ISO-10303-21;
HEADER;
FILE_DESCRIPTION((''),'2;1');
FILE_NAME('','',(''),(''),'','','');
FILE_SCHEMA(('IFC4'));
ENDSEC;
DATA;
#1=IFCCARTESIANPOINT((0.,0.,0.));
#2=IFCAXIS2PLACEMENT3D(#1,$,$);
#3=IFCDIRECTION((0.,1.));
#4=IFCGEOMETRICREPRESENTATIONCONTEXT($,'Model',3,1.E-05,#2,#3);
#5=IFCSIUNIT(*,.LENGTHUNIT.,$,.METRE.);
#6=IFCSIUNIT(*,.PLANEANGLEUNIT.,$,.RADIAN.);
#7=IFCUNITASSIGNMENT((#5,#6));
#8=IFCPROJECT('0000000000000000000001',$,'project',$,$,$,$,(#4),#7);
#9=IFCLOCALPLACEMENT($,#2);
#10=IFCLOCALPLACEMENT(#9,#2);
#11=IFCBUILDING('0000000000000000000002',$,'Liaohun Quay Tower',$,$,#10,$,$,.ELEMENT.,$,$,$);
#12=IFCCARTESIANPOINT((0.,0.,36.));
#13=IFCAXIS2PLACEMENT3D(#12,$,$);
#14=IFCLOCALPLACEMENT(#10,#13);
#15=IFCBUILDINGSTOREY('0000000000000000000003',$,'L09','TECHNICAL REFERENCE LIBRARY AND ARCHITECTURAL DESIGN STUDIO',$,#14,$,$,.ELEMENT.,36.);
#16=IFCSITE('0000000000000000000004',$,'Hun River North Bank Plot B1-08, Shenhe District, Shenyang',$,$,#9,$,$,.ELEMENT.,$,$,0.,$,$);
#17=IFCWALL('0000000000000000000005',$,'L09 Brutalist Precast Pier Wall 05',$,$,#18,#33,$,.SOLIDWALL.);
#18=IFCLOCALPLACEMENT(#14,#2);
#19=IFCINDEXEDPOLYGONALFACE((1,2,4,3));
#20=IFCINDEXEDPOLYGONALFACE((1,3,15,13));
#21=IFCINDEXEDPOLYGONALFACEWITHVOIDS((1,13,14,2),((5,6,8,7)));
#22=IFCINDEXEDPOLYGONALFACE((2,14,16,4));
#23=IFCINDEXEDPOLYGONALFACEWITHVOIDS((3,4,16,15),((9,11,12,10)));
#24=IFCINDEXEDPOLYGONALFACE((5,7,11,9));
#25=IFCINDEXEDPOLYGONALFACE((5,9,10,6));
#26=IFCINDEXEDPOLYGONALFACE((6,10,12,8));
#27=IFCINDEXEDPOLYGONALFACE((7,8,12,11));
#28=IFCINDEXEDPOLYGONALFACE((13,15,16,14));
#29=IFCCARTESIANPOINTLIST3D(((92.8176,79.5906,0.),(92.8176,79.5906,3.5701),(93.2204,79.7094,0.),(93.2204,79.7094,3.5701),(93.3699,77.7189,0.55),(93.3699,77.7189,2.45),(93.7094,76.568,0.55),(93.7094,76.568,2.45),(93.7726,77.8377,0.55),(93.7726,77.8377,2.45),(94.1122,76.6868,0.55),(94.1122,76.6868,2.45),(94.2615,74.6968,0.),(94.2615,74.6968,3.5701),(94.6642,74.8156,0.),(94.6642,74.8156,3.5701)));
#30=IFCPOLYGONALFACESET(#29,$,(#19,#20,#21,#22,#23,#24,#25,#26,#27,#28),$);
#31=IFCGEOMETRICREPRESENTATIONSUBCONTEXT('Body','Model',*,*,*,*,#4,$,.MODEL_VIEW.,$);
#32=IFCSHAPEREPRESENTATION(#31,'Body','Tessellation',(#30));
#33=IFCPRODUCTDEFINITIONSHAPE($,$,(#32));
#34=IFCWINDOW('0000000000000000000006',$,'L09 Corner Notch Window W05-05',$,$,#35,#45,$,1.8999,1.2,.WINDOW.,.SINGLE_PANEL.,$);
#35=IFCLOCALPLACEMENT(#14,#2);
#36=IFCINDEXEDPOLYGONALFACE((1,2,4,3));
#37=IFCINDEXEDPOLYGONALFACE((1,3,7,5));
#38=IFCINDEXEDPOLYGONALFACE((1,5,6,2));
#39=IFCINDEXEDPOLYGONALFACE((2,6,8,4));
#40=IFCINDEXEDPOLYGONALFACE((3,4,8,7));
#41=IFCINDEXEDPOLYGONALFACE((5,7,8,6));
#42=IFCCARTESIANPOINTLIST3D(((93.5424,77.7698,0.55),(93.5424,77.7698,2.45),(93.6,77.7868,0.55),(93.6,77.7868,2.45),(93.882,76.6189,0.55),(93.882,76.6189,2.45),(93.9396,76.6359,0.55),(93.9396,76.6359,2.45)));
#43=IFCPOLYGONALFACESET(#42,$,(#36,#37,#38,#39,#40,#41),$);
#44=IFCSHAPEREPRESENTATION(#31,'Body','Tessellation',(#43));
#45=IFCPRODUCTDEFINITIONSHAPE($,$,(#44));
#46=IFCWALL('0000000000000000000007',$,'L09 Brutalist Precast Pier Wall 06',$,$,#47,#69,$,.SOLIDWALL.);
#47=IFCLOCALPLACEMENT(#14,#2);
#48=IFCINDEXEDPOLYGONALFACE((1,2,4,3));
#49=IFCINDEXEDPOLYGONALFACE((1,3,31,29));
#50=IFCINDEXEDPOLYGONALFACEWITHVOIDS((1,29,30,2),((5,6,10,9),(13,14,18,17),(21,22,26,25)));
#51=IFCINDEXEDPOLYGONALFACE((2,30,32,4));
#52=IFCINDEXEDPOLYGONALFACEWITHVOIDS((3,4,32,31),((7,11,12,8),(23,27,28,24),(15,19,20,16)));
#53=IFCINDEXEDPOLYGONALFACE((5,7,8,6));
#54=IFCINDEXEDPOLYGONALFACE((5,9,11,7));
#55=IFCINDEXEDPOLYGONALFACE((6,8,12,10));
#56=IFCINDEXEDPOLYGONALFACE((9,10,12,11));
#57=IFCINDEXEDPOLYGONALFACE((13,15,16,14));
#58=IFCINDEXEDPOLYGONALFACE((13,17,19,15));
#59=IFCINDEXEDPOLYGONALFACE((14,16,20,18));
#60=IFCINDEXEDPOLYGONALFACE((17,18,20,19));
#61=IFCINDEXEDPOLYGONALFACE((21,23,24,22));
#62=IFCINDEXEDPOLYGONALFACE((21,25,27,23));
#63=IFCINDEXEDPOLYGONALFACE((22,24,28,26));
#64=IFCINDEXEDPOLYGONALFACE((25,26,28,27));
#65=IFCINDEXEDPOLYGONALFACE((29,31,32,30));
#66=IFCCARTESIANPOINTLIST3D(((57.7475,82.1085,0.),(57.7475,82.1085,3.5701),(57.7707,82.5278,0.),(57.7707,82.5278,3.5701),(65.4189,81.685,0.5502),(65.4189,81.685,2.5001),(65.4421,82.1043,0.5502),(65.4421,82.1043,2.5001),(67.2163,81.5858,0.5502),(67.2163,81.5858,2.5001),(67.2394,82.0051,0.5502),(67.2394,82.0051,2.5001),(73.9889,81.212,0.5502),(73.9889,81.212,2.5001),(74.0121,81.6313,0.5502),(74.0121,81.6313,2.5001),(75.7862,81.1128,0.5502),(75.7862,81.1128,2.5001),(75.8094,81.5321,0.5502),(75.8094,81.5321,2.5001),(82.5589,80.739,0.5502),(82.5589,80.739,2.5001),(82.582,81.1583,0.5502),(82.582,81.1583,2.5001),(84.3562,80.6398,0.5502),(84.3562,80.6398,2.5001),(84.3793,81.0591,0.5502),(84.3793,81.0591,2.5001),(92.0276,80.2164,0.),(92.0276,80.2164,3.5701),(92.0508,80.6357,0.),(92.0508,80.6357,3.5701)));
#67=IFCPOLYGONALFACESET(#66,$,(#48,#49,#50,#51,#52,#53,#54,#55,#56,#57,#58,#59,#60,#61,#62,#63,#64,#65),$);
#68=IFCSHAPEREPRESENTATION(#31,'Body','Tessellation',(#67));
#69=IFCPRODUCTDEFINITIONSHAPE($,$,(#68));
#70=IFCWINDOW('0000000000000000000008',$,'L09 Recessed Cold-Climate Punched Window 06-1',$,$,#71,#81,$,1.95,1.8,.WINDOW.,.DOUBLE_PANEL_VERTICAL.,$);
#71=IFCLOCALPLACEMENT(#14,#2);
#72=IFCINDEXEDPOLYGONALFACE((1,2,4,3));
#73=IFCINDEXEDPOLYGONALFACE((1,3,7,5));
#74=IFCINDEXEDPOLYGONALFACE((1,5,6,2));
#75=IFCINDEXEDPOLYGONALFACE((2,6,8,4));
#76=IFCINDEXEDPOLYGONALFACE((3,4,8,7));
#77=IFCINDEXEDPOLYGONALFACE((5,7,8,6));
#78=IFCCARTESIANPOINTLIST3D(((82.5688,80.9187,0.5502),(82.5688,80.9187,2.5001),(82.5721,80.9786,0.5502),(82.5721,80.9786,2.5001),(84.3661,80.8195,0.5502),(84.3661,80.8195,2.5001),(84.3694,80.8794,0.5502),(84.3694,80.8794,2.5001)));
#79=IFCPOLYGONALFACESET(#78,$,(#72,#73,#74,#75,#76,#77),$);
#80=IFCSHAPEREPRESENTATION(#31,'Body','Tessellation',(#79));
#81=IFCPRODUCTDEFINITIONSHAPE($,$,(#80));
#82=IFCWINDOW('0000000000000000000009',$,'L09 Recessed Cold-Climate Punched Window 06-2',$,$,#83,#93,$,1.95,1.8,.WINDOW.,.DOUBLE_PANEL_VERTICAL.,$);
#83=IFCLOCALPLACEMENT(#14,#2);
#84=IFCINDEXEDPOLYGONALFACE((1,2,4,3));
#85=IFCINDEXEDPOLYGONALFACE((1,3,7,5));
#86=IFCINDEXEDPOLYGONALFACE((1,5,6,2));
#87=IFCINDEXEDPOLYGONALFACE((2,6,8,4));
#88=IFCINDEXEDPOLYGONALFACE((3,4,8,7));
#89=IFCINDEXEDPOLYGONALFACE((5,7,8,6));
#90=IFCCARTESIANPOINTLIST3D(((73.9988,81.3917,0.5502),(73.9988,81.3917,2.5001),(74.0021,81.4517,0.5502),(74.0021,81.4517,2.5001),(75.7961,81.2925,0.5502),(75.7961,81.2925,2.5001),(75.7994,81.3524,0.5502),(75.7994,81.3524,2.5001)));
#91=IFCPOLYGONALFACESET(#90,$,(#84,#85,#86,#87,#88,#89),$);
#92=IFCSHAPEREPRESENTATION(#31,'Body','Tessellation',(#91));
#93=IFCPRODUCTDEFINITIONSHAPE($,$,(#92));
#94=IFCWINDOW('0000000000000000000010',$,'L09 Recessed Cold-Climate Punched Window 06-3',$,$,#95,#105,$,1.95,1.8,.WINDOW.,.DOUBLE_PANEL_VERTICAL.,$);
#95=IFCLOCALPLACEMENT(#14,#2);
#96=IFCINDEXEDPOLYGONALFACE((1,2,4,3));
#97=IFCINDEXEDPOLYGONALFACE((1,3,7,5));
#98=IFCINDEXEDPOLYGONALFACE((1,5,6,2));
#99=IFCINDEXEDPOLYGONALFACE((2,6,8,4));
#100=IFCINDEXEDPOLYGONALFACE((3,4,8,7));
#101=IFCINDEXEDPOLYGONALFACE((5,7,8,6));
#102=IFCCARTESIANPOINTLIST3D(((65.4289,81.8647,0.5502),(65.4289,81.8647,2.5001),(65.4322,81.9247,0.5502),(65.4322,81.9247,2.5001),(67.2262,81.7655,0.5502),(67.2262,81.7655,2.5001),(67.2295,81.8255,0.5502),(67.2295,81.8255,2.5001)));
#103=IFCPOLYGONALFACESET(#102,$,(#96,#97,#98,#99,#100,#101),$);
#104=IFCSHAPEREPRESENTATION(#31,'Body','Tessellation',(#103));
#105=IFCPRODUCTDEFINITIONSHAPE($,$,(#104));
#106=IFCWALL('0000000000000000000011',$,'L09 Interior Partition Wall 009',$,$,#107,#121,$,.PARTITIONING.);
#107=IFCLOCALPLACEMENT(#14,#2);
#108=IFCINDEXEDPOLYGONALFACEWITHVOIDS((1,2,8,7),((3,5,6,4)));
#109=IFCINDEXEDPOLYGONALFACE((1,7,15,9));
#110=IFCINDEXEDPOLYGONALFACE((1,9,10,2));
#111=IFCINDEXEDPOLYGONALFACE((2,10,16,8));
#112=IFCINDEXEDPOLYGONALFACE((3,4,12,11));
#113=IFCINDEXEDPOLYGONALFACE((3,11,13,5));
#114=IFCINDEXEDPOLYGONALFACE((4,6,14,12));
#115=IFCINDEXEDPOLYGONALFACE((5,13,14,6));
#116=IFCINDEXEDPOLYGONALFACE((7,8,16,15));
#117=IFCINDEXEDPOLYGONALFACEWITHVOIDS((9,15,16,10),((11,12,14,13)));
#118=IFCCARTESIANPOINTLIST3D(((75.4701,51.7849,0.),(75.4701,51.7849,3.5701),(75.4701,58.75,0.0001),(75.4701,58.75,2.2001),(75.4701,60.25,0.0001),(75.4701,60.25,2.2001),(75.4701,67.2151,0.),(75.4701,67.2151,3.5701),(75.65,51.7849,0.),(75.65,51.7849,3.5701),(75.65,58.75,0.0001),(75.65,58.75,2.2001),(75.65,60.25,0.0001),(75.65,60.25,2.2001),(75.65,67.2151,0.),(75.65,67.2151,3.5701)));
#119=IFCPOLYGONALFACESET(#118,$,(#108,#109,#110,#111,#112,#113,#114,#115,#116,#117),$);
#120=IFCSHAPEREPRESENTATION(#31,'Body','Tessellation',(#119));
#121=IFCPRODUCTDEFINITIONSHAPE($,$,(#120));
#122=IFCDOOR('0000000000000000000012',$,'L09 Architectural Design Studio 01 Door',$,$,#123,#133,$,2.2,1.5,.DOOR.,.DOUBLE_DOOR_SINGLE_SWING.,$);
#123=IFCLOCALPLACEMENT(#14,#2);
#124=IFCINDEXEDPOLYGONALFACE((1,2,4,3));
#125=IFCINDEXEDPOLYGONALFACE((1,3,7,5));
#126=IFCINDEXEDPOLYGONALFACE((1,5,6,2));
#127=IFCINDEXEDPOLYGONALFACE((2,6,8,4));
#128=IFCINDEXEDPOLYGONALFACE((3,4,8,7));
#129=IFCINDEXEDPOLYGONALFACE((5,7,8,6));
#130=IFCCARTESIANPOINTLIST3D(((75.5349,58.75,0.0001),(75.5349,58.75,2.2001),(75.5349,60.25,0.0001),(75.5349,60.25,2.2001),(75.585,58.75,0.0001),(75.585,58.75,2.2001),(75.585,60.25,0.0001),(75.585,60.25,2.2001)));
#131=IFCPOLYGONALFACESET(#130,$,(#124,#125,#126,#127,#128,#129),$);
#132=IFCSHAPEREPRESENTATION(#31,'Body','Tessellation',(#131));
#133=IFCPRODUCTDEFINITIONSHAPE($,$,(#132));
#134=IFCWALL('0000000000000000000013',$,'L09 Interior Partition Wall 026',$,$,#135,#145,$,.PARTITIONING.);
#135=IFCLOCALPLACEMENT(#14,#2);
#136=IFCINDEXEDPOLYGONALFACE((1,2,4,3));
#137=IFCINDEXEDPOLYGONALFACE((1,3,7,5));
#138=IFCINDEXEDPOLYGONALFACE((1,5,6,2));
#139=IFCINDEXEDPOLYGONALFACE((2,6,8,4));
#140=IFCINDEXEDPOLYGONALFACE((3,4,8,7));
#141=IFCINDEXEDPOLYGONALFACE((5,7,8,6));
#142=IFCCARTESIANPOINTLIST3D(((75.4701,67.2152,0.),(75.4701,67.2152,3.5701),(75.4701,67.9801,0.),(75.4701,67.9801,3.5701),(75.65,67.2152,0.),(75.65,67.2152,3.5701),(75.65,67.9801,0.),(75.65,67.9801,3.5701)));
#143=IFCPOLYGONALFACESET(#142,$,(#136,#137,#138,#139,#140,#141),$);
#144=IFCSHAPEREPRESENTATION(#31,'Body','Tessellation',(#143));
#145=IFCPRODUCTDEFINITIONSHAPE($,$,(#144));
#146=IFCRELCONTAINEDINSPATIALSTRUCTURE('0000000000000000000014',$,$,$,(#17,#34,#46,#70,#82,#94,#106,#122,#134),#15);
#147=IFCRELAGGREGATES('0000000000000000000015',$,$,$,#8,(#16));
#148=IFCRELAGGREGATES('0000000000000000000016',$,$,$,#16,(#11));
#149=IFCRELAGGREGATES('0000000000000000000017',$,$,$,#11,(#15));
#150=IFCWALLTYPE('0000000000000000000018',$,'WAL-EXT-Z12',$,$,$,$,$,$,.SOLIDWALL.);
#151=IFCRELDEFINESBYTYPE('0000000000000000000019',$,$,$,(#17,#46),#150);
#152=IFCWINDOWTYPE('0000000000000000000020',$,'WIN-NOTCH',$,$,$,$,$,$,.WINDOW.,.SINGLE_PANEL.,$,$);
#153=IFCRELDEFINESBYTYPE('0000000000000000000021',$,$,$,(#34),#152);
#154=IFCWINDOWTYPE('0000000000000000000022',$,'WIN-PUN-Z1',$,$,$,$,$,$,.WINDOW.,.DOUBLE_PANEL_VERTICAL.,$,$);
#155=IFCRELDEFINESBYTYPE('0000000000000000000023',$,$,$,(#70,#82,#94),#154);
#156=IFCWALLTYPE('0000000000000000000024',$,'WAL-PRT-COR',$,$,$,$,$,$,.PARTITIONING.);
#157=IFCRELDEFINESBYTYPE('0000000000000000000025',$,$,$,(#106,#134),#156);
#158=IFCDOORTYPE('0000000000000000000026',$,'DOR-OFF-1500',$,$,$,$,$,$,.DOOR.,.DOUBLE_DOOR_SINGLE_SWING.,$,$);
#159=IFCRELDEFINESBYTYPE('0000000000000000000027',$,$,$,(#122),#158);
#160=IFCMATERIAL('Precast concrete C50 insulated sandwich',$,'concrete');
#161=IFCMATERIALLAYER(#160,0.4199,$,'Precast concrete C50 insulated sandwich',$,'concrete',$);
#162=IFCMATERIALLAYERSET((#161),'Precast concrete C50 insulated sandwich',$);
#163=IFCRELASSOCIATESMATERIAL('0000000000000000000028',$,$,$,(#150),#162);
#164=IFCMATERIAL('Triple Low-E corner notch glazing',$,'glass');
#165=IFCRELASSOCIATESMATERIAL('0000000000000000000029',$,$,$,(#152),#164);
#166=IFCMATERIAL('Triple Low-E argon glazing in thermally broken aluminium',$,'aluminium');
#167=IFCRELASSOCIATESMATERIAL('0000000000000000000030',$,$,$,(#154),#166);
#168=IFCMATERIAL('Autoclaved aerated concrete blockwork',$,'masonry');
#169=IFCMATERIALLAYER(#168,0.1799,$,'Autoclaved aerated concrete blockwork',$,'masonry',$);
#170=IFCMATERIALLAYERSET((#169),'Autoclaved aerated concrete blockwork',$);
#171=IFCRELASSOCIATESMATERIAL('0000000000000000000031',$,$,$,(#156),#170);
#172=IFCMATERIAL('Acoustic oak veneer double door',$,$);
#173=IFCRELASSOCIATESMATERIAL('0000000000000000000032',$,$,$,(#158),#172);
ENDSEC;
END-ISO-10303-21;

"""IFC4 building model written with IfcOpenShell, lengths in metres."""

from ifc_helpers import new_model, si_unit, direction, frame, frame_2d, origin, place, context, subcontext, project, spatial, rectangle, extrude, source, transform, mapped, material, layer, layer_set, type_object, element, fill, save


model = new_model("IFC4")

# Units and contexts
model_context = context("Model", 3, precision=1e-05, world=origin(), true_north=direction((0.0, 1.0)))
body_context = subcontext(model_context, "Body", "Model", "MODEL_VIEW")
ifc_project = project(units=[si_unit("LENGTHUNIT", "METRE"), si_unit("PLANEANGLEUNIT", "RADIAN")], contexts=[model_context])

# Site, building, storey
site_placement = place(None, origin())
site = spatial("IfcSite", under=ifc_project, at=site_placement, Name="Hun River North Bank Plot B1-08, Shenhe District, Shenyang", CompositionType="ELEMENT", RefElevation=0.0)
building_placement = place(site_placement, origin())
building = spatial("IfcBuilding", under=site, at=building_placement, Name="Liaohun Quay Tower", CompositionType="ELEMENT")
storey_placement = place(building_placement, frame((0.0, 0.0, 36.0)))
storey = spatial("IfcBuildingStorey", under=building, at=storey_placement, Name="L09", Description="TECHNICAL REFERENCE LIBRARY AND ARCHITECTURAL DESIGN STUDIO", CompositionType="ELEMENT", Elevation=36.0)

# Wall, opening, window
ifc_material_1 = material(Name="Precast concrete C50 insulated sandwich", Category="concrete")
ifc_layer_1 = layer(ifc_material_1, 0.4199, Name="Precast concrete C50 insulated sandwich", Category="concrete")
ifc_layer_set_1 = layer_set([ifc_layer_1], Name="Precast concrete C50 insulated sandwich")
wall_type_1 = type_object("IfcWallType", Name="WAL-EXT-Z12", PredefinedType="SOLIDWALL", material=ifc_layer_set_1)
shared_shape_1 = source(origin(), body_context, "Body", "SweptSolid", [
    extrude(rectangle(XDim=1.2, YDim=1.8999, at=frame_2d((0.6001, 0.95))), frame((0.0, 0.22, 0.0), z_axis=(0.0, -1.0, 0.0), x_axis=(1.0, 0.0, 0.0)), (0.0, 0.0, 1.0), 0.4399),
])
ifc_material_2 = material(Name="Triple Low-E corner notch glazing", Category="glass")
window_type_1 = type_object("IfcWindowType", Name="WIN-NOTCH", PartitioningType="SINGLE_PANEL", PredefinedType="WINDOW", material=ifc_material_2)
shared_shape_2 = source(origin(), body_context, "Body", "SweptSolid", [
    extrude(rectangle(XDim=1.2, YDim=1.8999, at=frame_2d((0.6001, 0.95))), frame((0.0, 0.03, 0.0), z_axis=(0.0, -1.0, 0.0), x_axis=(1.0, 0.0, 0.0)), (0.0, 0.0, 1.0), 0.0601),
])
wall_1_placement = place(storey_placement, frame((94.4629, 74.7561, 0.0), z_axis=(0.0, 0.0, 1.0), x_axis=(-0.282977, 0.959127, 0.0)))
wall_1 = element("IfcWall", 1, at=wall_1_placement, inside=storey, type_object=wall_type_1, Name="L09 Brutalist Precast Pier Wall 05", PredefinedType="SOLIDWALL", context=body_context, shape_type="SweptSolid", body=[
    extrude(rectangle(XDim=5.1023, YDim=0.4199, at=frame_2d((2.5513, 0.0))), origin(), (0.0, 0.0, 1.0), 3.5701),
])
opening_1_placement = place(wall_1_placement, frame((1.9509, 0.0, 0.55)))
opening_1 = element("IfcOpeningElement", 2, at=opening_1_placement, cuts=wall_1, PredefinedType="OPENING", context=body_context, shape_type="MappedRepresentation", body=[
    mapped(shared_shape_1, transform((0.0, 0.0, 0.0), x_axis=(1.0, 0.0, 0.0), y_axis=(0.0, 1.0, 0.0), z_axis=(0.0, 0.0, 1.0), scale=1.0)),
])
window_1_placement = place(opening_1_placement, origin())
window_1 = element("IfcWindow", 3, at=window_1_placement, inside=storey, type_object=window_type_1, Name="L09 Corner Notch Window W05-05", OverallHeight=1.8999, OverallWidth=1.2, PartitioningType="SINGLE_PANEL", PredefinedType="WINDOW", context=body_context, shape_type="MappedRepresentation", body=[
    mapped(shared_shape_2, transform((0.0, 0.0, 0.0), x_axis=(1.0, 0.0, 0.0), y_axis=(0.0, 1.0, 0.0), z_axis=(0.0, 0.0, 1.0), scale=1.0)),
])
fill(opening_1, window_1)

# Wall, openings, windows
wall_2_placement = place(storey_placement, frame((92.0391, 80.426, 0.0), z_axis=(0.0, 0.0, 1.0), x_axis=(-0.99848, 0.055111, 0.0)))
wall_2 = element("IfcWall", 4, at=wall_2_placement, inside=storey, type_object=wall_type_1, Name="L09 Brutalist Precast Pier Wall 06", PredefinedType="SOLIDWALL", context=body_context, shape_type="SweptSolid", body=[
    extrude(rectangle(XDim=34.3323, YDim=0.4199, at=frame_2d((17.166, 0.0))), origin(), (0.0, 0.0, 1.0), 3.5701),
])
shared_shape_3 = source(origin(), body_context, "Body", "SweptSolid", [
    extrude(rectangle(XDim=1.8, YDim=1.95, at=frame_2d((0.8999, 0.9751))), frame((0.0, 0.22, 0.0), z_axis=(0.0, -1.0, 0.0), x_axis=(1.0, 0.0, 0.0)), (0.0, 0.0, 1.0), 0.4399),
])
opening_2_placement = place(wall_2_placement, frame((7.6831, 0.0, 0.55)))
opening_2 = element("IfcOpeningElement", 5, at=opening_2_placement, cuts=wall_2, PredefinedType="OPENING", context=body_context, shape_type="MappedRepresentation", body=[
    mapped(shared_shape_3, transform((0.0, 0.0, 0.0), x_axis=(1.0, 0.0, 0.0), y_axis=(0.0, 1.0, 0.0), z_axis=(0.0, 0.0, 1.0), scale=1.0)),
])
opening_3_placement = place(wall_2_placement, frame((16.2661, 0.0, 0.55)))
opening_3 = element("IfcOpeningElement", 6, at=opening_3_placement, cuts=wall_2, PredefinedType="OPENING", context=body_context, shape_type="MappedRepresentation", body=[
    mapped(shared_shape_3, transform((0.0, 0.0, 0.0), x_axis=(1.0, 0.0, 0.0), y_axis=(0.0, 1.0, 0.0), z_axis=(0.0, 0.0, 1.0), scale=1.0)),
])
opening_4_placement = place(wall_2_placement, frame((24.8491, 0.0, 0.55)))
opening_4 = element("IfcOpeningElement", 7, at=opening_4_placement, cuts=wall_2, PredefinedType="OPENING", context=body_context, shape_type="MappedRepresentation", body=[
    mapped(shared_shape_3, transform((0.0, 0.0, 0.0), x_axis=(1.0, 0.0, 0.0), y_axis=(0.0, 1.0, 0.0), z_axis=(0.0, 0.0, 1.0), scale=1.0)),
])
ifc_material_3 = material(Name="Triple Low-E argon glazing in thermally broken aluminium", Category="aluminium")
window_type_2 = type_object("IfcWindowType", Name="WIN-PUN-Z1", PartitioningType="DOUBLE_PANEL_VERTICAL", PredefinedType="WINDOW", material=ifc_material_3)
shared_shape_4 = source(origin(), body_context, "Body", "SweptSolid", [
    extrude(rectangle(XDim=1.8, YDim=1.95, at=frame_2d((0.8999, 0.9751))), frame((0.0, 0.03, 0.0), z_axis=(0.0, -1.0, 0.0), x_axis=(1.0, 0.0, 0.0)), (0.0, 0.0, 1.0), 0.0601),
])
window_2_placement = place(opening_2_placement, origin())
window_2 = element("IfcWindow", 8, at=window_2_placement, inside=storey, type_object=window_type_2, Name="L09 Recessed Cold-Climate Punched Window 06-1", OverallHeight=1.95, OverallWidth=1.8, PartitioningType="DOUBLE_PANEL_VERTICAL", PredefinedType="WINDOW", context=body_context, shape_type="MappedRepresentation", body=[
    mapped(shared_shape_4, transform((0.0, 0.0, 0.0), x_axis=(1.0, 0.0, 0.0), y_axis=(0.0, 1.0, 0.0), z_axis=(0.0, 0.0, 1.0), scale=1.0)),
])
fill(opening_2, window_2)
window_3_placement = place(opening_3_placement, origin())
window_3 = element("IfcWindow", 9, at=window_3_placement, inside=storey, type_object=window_type_2, Name="L09 Recessed Cold-Climate Punched Window 06-2", OverallHeight=1.95, OverallWidth=1.8, PartitioningType="DOUBLE_PANEL_VERTICAL", PredefinedType="WINDOW", context=body_context, shape_type="MappedRepresentation", body=[
    mapped(shared_shape_4, transform((0.0, 0.0, 0.0), x_axis=(1.0, 0.0, 0.0), y_axis=(0.0, 1.0, 0.0), z_axis=(0.0, 0.0, 1.0), scale=1.0)),
])
fill(opening_3, window_3)
window_4_placement = place(opening_4_placement, origin())
window_4 = element("IfcWindow", 10, at=window_4_placement, inside=storey, type_object=window_type_2, Name="L09 Recessed Cold-Climate Punched Window 06-3", OverallHeight=1.95, OverallWidth=1.8, PartitioningType="DOUBLE_PANEL_VERTICAL", PredefinedType="WINDOW", context=body_context, shape_type="MappedRepresentation", body=[
    mapped(shared_shape_4, transform((0.0, 0.0, 0.0), x_axis=(1.0, 0.0, 0.0), y_axis=(0.0, 1.0, 0.0), z_axis=(0.0, 0.0, 1.0), scale=1.0)),
])
fill(opening_4, window_4)

# Wall, opening, door
ifc_material_4 = material(Name="Autoclaved aerated concrete blockwork", Category="masonry")
ifc_layer_2 = layer(ifc_material_4, 0.1799, Name="Autoclaved aerated concrete blockwork", Category="masonry")
ifc_layer_set_2 = layer_set([ifc_layer_2], Name="Autoclaved aerated concrete blockwork")
wall_type_2 = type_object("IfcWallType", Name="WAL-PRT-COR", PredefinedType="PARTITIONING", material=ifc_layer_set_2)
wall_3_placement = place(storey_placement, frame((75.5601, 67.2151, 0.0), z_axis=(0.0, 0.0, 1.0), x_axis=(0.0, -1.0, 0.0)))
wall_3 = element("IfcWall", 11, at=wall_3_placement, inside=storey, type_object=wall_type_2, Name="L09 Interior Partition Wall 009", PredefinedType="PARTITIONING", context=body_context, shape_type="SweptSolid", body=[
    extrude(rectangle(XDim=15.4302, YDim=0.1799, at=frame_2d((7.7151, 0.0))), origin(), (0.0, 0.0, 1.0), 3.5701),
])
shared_shape_5 = source(origin(), body_context, "Body", "SweptSolid", [
    extrude(rectangle(XDim=1.5, YDim=2.2, at=frame_2d((0.75, 1.1001))), frame((0.0, 0.0999, 0.0), z_axis=(0.0, -1.0, 0.0), x_axis=(1.0, 0.0, 0.0)), (0.0, 0.0, 1.0), 0.2),
])
opening_5_placement = place(wall_3_placement, frame((6.9651, 0.0, 0.0)))
opening_5 = element("IfcOpeningElement", 12, at=opening_5_placement, cuts=wall_3, PredefinedType="OPENING", context=body_context, shape_type="MappedRepresentation", body=[
    mapped(shared_shape_5, transform((0.0, 0.0, 0.0), x_axis=(1.0, 0.0, 0.0), y_axis=(0.0, 1.0, 0.0), z_axis=(0.0, 0.0, 1.0), scale=1.0)),
])
ifc_material_5 = material(Name="Acoustic oak veneer double door")
door_type = type_object("IfcDoorType", Name="DOR-OFF-1500", OperationType="DOUBLE_DOOR_SINGLE_SWING", PredefinedType="DOOR", material=ifc_material_5)
shared_shape_6 = source(origin(), body_context, "Body", "SweptSolid", [
    extrude(rectangle(XDim=1.5, YDim=2.2, at=frame_2d((0.75, 1.1001))), frame((0.0, 0.0249, 0.0), z_axis=(0.0, -1.0, 0.0), x_axis=(1.0, 0.0, 0.0)), (0.0, 0.0, 1.0), 0.05),
])
door_placement = place(opening_5_placement, origin())
door = element("IfcDoor", 13, at=door_placement, inside=storey, type_object=door_type, Name="L09 Architectural Design Studio 01 Door", OperationType="DOUBLE_DOOR_SINGLE_SWING", OverallHeight=2.2, OverallWidth=1.5, PredefinedType="DOOR", context=body_context, shape_type="MappedRepresentation", body=[
    mapped(shared_shape_6, transform((0.0, 0.0, 0.0), x_axis=(1.0, 0.0, 0.0), y_axis=(0.0, 1.0, 0.0), z_axis=(0.0, 0.0, 1.0), scale=1.0)),
])
fill(opening_5, door)

# Wall
wall_4_placement = place(storey_placement, frame((75.5601, 67.98, 0.0), z_axis=(0.0, 0.0, 1.0), x_axis=(0.0, -1.0, 0.0)))
element("IfcWall", 14, at=wall_4_placement, inside=storey, type_object=wall_type_2, Name="L09 Interior Partition Wall 026", PredefinedType="PARTITIONING", context=body_context, shape_type="SweptSolid", body=[
    extrude(rectangle(XDim=0.7649, YDim=0.1799, at=frame_2d((0.3823, 0.0))), origin(), (0.0, 0.0, 1.0), 3.5701),
])

save(model, "model.ifc")
